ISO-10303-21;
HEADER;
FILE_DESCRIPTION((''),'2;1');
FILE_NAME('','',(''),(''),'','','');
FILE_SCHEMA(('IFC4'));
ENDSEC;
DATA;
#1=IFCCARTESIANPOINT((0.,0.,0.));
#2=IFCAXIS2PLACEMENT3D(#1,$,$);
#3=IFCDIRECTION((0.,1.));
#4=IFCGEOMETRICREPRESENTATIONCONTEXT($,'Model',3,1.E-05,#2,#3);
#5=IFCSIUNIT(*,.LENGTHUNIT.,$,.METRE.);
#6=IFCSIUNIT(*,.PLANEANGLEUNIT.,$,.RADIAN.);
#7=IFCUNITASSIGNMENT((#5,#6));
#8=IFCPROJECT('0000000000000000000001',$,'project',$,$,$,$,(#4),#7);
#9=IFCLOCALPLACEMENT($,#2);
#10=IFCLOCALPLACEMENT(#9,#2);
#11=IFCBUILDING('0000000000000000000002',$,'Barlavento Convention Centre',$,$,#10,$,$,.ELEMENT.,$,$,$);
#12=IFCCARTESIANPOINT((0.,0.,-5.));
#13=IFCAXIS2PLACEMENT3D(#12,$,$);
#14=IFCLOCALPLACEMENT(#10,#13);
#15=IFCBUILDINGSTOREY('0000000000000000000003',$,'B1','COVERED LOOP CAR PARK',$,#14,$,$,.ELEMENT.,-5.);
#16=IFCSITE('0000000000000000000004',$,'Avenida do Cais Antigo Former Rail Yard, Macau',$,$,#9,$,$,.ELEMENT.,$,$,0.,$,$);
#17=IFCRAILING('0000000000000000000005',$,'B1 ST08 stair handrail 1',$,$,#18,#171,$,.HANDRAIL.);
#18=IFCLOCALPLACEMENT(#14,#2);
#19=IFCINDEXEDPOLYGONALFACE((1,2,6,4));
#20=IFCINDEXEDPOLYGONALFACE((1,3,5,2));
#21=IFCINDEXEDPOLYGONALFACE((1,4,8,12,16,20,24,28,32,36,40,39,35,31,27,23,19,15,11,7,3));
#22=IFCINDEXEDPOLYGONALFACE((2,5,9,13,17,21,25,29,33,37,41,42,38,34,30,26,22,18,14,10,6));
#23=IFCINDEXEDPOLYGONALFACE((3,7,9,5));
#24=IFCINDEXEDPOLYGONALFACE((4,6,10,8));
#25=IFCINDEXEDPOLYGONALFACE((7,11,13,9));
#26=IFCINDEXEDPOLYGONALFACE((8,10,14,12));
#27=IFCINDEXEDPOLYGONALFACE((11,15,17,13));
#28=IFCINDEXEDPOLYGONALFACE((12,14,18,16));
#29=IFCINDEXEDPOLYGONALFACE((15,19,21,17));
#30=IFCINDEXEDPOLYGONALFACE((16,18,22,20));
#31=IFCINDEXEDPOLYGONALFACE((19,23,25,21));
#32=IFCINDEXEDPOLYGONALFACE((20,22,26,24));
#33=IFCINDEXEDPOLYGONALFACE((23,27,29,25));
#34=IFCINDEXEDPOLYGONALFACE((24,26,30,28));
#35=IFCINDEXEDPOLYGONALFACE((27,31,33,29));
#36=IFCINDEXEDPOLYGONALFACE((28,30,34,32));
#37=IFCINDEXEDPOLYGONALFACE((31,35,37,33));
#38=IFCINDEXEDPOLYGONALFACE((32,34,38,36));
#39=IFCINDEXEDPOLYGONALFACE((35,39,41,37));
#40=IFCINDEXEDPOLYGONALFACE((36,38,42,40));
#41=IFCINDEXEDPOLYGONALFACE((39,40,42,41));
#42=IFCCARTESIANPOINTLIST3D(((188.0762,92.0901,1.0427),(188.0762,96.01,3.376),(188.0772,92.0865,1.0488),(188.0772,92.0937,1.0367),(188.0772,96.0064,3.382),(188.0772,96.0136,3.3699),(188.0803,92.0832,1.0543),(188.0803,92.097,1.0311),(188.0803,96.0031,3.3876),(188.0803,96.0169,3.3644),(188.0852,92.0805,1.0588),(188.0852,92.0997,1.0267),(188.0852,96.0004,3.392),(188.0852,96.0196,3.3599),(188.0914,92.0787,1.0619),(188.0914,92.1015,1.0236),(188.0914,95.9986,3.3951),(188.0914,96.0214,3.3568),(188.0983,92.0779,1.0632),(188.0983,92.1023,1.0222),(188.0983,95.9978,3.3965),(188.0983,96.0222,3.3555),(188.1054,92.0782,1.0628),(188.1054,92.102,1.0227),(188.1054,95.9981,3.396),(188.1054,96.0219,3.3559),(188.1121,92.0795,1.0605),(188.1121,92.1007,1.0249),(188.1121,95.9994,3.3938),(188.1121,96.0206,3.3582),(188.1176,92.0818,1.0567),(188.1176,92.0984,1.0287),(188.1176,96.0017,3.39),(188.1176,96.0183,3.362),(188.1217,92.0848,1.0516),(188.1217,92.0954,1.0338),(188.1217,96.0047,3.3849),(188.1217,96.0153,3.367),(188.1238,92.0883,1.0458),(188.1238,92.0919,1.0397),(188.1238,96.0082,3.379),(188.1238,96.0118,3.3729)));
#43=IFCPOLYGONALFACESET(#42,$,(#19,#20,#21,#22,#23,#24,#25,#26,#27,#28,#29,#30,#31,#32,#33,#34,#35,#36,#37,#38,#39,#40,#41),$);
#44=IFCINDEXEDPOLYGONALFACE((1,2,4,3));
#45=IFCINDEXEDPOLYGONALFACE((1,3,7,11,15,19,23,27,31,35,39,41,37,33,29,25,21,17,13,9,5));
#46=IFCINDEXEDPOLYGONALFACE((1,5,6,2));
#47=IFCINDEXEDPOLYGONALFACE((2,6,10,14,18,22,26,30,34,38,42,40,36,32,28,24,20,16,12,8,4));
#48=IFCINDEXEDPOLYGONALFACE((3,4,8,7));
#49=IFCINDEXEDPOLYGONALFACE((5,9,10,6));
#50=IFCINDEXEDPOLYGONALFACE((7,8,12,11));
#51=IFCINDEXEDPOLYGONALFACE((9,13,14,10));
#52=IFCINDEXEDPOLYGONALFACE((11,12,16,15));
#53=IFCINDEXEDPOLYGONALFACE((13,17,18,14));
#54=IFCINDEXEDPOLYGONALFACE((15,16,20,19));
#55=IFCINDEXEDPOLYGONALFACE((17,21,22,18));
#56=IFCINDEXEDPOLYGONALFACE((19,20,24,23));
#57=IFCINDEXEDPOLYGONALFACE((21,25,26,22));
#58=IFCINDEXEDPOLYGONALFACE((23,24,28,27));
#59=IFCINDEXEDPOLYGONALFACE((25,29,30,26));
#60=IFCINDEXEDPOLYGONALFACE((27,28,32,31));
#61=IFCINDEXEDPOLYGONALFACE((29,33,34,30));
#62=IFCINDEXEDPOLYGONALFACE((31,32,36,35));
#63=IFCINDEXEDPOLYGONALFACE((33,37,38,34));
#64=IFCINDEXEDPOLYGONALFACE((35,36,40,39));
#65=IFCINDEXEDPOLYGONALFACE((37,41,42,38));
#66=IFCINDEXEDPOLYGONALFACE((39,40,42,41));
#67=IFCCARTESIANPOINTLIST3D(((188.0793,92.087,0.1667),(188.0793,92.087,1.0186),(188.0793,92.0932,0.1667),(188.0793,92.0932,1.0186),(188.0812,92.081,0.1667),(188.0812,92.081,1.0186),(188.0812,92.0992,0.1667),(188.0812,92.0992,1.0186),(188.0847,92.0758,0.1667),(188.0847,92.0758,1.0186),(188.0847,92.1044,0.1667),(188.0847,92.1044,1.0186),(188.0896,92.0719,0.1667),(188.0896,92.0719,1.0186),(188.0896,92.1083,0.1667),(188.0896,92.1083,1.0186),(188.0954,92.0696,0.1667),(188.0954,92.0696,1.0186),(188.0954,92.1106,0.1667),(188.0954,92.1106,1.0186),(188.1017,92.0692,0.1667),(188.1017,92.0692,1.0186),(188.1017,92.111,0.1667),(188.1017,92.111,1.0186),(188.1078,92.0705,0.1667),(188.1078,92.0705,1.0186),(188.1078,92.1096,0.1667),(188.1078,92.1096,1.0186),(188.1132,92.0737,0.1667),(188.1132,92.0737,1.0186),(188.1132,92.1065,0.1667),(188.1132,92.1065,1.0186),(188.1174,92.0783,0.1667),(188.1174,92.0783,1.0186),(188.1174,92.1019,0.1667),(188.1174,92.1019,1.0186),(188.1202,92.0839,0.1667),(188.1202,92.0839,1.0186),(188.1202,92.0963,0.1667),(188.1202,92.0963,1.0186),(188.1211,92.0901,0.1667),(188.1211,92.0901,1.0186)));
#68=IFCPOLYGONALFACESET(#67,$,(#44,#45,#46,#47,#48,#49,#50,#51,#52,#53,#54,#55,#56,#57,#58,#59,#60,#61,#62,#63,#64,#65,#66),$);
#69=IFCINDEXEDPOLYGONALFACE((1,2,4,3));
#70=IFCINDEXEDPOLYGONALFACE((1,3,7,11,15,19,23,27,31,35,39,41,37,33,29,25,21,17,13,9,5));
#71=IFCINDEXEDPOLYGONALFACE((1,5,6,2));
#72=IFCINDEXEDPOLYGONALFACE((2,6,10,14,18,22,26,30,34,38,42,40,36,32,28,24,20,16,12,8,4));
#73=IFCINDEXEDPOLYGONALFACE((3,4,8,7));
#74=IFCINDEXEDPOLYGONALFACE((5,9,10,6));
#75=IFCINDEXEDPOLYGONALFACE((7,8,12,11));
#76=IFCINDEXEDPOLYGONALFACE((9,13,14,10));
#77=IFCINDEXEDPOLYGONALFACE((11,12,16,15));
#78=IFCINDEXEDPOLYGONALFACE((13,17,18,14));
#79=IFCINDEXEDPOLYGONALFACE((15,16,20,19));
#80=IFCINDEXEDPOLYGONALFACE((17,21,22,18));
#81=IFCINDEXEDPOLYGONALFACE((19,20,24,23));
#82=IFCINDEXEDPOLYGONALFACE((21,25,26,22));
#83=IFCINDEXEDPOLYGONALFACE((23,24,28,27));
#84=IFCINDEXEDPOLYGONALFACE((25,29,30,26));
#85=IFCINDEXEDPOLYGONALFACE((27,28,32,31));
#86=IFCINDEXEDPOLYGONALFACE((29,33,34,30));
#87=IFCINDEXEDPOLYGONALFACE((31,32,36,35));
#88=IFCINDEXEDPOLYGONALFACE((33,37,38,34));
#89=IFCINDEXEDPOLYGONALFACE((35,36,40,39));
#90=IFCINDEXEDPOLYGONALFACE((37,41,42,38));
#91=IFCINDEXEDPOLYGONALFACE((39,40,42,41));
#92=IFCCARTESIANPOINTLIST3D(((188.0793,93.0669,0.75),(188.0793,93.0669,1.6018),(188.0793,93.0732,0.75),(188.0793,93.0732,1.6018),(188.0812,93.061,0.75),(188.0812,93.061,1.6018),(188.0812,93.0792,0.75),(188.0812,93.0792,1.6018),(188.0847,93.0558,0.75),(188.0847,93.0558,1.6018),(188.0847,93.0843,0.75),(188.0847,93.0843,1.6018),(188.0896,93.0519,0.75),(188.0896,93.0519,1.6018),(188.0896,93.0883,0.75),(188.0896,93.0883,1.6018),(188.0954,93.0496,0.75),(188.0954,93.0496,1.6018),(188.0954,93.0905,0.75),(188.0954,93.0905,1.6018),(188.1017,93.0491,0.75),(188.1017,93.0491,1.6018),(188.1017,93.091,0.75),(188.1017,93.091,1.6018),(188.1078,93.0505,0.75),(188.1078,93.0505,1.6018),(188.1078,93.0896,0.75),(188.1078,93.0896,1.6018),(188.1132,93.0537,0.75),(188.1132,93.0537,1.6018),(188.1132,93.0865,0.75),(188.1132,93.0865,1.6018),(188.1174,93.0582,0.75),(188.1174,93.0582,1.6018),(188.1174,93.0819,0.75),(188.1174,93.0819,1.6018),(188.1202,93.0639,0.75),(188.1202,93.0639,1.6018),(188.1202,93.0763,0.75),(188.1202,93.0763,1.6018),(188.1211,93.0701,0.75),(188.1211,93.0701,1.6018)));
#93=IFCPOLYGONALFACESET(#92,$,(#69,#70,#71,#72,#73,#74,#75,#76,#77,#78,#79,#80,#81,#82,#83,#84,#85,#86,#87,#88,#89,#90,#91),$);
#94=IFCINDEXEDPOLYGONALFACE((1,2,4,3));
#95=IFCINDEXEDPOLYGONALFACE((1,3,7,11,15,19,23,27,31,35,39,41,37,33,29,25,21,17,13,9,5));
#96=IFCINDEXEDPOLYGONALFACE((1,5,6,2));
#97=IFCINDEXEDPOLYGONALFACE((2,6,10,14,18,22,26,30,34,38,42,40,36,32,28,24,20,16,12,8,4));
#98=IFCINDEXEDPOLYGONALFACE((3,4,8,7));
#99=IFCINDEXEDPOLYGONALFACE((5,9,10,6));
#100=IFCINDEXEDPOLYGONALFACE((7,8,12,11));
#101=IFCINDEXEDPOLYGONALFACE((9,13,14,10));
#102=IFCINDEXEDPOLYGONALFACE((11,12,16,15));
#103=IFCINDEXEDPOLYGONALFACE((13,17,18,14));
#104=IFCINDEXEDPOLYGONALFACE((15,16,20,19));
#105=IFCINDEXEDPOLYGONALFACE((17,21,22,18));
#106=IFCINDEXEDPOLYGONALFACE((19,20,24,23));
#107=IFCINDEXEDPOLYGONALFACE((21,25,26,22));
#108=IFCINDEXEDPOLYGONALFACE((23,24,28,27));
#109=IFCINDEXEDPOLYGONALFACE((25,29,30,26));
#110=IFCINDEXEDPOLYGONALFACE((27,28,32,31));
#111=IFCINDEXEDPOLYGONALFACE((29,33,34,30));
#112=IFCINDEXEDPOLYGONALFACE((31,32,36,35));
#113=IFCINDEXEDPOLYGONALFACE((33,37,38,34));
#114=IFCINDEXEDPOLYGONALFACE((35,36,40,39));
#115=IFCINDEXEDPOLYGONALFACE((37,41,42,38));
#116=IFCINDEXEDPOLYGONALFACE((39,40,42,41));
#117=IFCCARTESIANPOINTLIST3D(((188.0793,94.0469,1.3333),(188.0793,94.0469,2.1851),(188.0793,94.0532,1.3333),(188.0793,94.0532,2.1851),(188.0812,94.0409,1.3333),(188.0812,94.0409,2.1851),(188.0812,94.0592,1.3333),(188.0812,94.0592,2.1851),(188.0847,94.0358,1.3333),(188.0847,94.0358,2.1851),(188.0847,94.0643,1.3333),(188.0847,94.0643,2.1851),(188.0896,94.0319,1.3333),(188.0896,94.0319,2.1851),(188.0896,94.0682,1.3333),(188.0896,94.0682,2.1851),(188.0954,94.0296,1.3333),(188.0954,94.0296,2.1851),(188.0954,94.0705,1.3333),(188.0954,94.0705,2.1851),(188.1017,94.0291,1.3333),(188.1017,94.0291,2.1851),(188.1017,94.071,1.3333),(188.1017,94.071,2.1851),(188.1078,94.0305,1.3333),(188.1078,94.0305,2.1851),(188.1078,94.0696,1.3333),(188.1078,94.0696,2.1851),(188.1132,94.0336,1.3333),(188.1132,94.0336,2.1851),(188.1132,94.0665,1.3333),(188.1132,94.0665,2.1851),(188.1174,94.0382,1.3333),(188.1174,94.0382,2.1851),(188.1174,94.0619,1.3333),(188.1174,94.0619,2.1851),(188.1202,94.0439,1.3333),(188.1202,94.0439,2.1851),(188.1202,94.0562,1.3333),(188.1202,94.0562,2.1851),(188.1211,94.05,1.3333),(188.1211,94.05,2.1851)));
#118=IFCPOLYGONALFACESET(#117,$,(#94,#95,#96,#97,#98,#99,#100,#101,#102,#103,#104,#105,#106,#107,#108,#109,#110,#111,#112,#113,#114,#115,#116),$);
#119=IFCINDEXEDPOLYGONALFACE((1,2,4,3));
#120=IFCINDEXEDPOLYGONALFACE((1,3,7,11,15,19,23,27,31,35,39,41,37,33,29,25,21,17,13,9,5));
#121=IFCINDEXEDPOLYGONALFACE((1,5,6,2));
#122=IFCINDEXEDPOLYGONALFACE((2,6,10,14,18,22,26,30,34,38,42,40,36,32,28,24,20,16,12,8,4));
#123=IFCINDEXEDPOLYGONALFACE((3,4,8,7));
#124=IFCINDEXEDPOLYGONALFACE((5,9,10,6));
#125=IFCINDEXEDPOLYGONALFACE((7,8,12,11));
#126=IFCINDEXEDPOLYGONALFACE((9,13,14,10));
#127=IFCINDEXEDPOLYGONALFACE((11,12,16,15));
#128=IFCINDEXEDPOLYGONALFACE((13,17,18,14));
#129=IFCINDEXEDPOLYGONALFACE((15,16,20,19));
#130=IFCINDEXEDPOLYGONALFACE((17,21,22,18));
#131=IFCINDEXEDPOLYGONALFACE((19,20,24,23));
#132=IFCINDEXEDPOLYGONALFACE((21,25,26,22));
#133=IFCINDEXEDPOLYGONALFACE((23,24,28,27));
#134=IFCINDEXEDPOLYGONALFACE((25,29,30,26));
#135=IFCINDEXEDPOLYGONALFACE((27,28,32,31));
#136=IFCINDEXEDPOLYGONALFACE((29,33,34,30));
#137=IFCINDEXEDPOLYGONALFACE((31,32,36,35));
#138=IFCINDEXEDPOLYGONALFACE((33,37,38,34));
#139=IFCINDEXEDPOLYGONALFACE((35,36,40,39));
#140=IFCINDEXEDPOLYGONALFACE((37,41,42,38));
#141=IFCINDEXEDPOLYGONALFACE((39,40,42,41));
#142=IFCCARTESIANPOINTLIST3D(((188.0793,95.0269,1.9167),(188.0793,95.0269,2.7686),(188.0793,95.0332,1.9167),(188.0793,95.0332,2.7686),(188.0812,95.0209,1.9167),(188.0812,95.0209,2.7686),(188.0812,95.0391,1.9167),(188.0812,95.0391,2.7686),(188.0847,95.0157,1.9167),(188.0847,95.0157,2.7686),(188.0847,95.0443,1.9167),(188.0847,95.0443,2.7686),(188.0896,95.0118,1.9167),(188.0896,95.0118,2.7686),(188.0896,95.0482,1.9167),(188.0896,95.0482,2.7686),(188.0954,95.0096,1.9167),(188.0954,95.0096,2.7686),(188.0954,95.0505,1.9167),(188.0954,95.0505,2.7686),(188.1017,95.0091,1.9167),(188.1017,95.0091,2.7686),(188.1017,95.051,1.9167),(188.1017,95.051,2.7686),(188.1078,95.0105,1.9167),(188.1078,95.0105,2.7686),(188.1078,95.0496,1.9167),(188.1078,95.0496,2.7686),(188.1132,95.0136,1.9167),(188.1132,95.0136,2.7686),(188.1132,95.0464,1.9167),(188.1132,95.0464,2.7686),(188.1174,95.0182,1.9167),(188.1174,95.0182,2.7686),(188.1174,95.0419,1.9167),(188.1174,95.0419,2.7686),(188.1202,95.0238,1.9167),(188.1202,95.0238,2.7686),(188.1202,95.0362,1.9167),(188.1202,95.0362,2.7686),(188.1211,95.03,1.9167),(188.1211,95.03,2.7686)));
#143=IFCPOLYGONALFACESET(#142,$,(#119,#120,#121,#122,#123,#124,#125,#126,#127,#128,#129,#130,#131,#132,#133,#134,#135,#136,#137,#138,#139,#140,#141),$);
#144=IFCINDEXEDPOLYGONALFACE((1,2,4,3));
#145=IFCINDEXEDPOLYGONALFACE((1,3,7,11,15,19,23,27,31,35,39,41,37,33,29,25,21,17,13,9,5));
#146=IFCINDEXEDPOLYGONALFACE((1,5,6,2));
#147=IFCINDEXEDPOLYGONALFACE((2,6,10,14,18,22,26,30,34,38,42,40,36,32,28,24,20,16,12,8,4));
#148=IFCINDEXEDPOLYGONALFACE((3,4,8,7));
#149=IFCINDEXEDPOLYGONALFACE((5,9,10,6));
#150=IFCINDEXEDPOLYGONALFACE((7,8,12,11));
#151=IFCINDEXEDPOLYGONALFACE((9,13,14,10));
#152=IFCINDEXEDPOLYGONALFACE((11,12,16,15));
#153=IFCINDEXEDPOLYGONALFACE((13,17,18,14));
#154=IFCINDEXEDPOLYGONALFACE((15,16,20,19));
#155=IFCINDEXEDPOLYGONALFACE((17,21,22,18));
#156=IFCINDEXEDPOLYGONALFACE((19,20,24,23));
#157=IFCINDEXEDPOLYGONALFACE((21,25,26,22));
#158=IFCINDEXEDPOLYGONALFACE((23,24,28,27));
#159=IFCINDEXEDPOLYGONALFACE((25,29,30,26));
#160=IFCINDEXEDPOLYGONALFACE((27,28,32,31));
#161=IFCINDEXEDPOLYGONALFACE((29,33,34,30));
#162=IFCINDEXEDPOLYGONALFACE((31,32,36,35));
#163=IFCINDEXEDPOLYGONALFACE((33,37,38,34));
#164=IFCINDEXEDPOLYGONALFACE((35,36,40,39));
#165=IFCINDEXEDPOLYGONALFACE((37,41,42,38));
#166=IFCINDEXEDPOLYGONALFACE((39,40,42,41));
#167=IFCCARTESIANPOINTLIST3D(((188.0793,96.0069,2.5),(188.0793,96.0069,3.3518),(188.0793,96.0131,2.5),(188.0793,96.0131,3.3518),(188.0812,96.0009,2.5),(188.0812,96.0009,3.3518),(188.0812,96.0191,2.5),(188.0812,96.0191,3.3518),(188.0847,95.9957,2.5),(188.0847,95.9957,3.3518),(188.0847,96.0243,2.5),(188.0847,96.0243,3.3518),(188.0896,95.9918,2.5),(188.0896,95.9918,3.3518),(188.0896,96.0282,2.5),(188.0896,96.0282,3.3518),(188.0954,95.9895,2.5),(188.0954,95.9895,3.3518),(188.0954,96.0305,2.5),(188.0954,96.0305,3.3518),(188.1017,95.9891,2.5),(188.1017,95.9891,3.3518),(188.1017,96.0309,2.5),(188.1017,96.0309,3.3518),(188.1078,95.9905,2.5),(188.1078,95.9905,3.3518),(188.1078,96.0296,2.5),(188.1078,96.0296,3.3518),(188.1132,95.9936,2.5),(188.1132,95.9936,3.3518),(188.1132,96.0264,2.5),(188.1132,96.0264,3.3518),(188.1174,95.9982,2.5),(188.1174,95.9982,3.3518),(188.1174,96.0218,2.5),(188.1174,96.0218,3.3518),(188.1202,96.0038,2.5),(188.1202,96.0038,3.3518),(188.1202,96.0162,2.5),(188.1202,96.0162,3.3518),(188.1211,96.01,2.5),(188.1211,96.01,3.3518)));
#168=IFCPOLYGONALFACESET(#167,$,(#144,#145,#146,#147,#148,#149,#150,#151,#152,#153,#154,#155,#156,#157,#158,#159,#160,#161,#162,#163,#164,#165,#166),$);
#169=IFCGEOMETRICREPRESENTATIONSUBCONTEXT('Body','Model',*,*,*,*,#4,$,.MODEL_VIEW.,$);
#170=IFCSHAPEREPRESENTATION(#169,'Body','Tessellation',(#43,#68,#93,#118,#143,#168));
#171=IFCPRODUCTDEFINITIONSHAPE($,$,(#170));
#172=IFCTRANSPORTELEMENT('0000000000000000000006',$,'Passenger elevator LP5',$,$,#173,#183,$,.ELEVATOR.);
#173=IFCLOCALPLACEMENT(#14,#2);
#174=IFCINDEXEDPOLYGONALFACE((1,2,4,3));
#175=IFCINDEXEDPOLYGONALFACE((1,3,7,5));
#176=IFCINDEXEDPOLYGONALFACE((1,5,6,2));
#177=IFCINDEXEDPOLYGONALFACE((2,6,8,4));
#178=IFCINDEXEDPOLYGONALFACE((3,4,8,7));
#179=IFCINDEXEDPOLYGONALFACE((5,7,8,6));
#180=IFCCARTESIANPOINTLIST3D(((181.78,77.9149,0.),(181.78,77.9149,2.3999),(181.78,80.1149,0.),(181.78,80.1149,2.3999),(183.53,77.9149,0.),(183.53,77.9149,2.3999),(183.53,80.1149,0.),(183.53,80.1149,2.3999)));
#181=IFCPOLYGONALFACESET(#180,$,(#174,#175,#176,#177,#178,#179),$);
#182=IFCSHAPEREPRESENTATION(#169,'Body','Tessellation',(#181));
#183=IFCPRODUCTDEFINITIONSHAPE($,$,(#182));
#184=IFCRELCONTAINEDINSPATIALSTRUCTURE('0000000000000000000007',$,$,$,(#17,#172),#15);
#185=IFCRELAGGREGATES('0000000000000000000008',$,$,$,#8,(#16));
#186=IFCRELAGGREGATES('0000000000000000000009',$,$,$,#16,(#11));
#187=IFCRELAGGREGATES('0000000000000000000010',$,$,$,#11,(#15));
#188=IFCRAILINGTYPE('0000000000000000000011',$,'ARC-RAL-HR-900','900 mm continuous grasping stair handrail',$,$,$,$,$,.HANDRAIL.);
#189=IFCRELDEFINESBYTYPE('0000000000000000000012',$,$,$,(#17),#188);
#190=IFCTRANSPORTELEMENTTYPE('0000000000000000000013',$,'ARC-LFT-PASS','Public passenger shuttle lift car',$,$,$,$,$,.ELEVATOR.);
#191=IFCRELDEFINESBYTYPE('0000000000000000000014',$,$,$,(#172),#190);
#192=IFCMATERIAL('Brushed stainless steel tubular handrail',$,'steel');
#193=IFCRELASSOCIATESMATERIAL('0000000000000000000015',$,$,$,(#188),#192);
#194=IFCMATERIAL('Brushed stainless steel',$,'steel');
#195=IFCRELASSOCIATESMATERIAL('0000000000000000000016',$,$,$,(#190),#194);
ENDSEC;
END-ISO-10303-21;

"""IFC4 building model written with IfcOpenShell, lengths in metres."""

from ifc_helpers import new_model, si_unit, direction, frame, origin, origin_2d, place, context, subcontext, project, spatial, rectangle, circle, extrude, material, type_object, element, save


model = new_model("IFC4")

# Units and contexts
model_context = context("Model", 3, precision=1e-05, world=origin(), true_north=direction((0.0, 1.0)))
body_context = subcontext(model_context, "Body", "Model", "MODEL_VIEW")
ifc_project = project(units=[si_unit("LENGTHUNIT", "METRE"), si_unit("PLANEANGLEUNIT", "RADIAN")], contexts=[model_context])

# Site, building, storey
site_placement = place(None, origin())
site = spatial("IfcSite", under=ifc_project, at=site_placement, Name="Avenida do Cais Antigo Former Rail Yard, Macau", CompositionType="ELEMENT", RefElevation=0.0)
building_placement = place(site_placement, origin())
building = spatial("IfcBuilding", under=site, at=building_placement, Name="Barlavento Convention Centre", CompositionType="ELEMENT")
storey_placement = place(building_placement, frame((0.0, 0.0, -5.0)))
storey = spatial("IfcBuildingStorey", under=building, at=storey_placement, Name="B1", Description="COVERED LOOP CAR PARK", CompositionType="ELEMENT", Elevation=-5.0)

# Railing
ifc_material_1 = material(Name="Brushed stainless steel tubular handrail", Category="steel")
railing_type_1 = type_object("IfcRailingType", Name="ARC-RAL-HR-900", Description="900 mm continuous grasping stair handrail", PredefinedType="HANDRAIL", material=ifc_material_1)
railing_1_placement = place(storey_placement, frame((188.1001, 92.0901, 0.1667)))
element("IfcRailing", 1, at=railing_1_placement, inside=storey, type_object=railing_type_1, Name="B1 ST08 stair handrail 1", PredefinedType="HANDRAIL", context=body_context, shape_type="SweptSolid", body=[
    extrude(circle(Radius=0.0239, at=origin_2d()), frame((0.0, 0.0, 0.876), z_axis=(0.0, 0.859296, 0.511478), x_axis=(-1.0, 0.0, 0.0)), (0.0, 0.0, 1.0), 4.5618),
    extrude(circle(Radius=0.021, at=origin_2d()), origin(), (0.0, 0.0, 1.0), 0.8518),
    extrude(circle(Radius=0.021, at=origin_2d()), frame((0.0, 0.98, 0.5833)), (0.0, 0.0, 1.0), 0.8518),
    extrude(circle(Radius=0.021, at=origin_2d()), frame((0.0, 1.96, 1.1665)), (0.0, 0.0, 1.0), 0.8518),
    extrude(circle(Radius=0.021, at=origin_2d()), frame((0.0, 2.9399, 1.75)), (0.0, 0.0, 1.0), 0.8518),
    extrude(circle(Radius=0.021, at=origin_2d()), frame((0.0, 3.9199, 2.3333)), (0.0, 0.0, 1.0), 0.8518),
])

# Transport element
ifc_material_2 = material(Name="Brushed stainless steel", Category="steel")
transport_element_type = type_object("IfcTransportElementType", Name="ARC-LFT-PASS", Description="Public passenger shuttle lift car", PredefinedType="ELEVATOR", material=ifc_material_2)
transport_element_placement = place(storey_placement, frame((182.655, 79.0149, 0.0), z_axis=(0.0, 0.0, 1.0), x_axis=(1.0, 0.0, 0.0)))
element("IfcTransportElement", 2, at=transport_element_placement, inside=storey, type_object=transport_element_type, Name="Passenger elevator LP5", PredefinedType="ELEVATOR", context=body_context, shape_type="SweptSolid", body=[
    extrude(rectangle(XDim=1.75, YDim=2.2, at=origin_2d()), origin(), (0.0, 0.0, 1.0), 2.3999),
])

save(model, "model.ifc")
